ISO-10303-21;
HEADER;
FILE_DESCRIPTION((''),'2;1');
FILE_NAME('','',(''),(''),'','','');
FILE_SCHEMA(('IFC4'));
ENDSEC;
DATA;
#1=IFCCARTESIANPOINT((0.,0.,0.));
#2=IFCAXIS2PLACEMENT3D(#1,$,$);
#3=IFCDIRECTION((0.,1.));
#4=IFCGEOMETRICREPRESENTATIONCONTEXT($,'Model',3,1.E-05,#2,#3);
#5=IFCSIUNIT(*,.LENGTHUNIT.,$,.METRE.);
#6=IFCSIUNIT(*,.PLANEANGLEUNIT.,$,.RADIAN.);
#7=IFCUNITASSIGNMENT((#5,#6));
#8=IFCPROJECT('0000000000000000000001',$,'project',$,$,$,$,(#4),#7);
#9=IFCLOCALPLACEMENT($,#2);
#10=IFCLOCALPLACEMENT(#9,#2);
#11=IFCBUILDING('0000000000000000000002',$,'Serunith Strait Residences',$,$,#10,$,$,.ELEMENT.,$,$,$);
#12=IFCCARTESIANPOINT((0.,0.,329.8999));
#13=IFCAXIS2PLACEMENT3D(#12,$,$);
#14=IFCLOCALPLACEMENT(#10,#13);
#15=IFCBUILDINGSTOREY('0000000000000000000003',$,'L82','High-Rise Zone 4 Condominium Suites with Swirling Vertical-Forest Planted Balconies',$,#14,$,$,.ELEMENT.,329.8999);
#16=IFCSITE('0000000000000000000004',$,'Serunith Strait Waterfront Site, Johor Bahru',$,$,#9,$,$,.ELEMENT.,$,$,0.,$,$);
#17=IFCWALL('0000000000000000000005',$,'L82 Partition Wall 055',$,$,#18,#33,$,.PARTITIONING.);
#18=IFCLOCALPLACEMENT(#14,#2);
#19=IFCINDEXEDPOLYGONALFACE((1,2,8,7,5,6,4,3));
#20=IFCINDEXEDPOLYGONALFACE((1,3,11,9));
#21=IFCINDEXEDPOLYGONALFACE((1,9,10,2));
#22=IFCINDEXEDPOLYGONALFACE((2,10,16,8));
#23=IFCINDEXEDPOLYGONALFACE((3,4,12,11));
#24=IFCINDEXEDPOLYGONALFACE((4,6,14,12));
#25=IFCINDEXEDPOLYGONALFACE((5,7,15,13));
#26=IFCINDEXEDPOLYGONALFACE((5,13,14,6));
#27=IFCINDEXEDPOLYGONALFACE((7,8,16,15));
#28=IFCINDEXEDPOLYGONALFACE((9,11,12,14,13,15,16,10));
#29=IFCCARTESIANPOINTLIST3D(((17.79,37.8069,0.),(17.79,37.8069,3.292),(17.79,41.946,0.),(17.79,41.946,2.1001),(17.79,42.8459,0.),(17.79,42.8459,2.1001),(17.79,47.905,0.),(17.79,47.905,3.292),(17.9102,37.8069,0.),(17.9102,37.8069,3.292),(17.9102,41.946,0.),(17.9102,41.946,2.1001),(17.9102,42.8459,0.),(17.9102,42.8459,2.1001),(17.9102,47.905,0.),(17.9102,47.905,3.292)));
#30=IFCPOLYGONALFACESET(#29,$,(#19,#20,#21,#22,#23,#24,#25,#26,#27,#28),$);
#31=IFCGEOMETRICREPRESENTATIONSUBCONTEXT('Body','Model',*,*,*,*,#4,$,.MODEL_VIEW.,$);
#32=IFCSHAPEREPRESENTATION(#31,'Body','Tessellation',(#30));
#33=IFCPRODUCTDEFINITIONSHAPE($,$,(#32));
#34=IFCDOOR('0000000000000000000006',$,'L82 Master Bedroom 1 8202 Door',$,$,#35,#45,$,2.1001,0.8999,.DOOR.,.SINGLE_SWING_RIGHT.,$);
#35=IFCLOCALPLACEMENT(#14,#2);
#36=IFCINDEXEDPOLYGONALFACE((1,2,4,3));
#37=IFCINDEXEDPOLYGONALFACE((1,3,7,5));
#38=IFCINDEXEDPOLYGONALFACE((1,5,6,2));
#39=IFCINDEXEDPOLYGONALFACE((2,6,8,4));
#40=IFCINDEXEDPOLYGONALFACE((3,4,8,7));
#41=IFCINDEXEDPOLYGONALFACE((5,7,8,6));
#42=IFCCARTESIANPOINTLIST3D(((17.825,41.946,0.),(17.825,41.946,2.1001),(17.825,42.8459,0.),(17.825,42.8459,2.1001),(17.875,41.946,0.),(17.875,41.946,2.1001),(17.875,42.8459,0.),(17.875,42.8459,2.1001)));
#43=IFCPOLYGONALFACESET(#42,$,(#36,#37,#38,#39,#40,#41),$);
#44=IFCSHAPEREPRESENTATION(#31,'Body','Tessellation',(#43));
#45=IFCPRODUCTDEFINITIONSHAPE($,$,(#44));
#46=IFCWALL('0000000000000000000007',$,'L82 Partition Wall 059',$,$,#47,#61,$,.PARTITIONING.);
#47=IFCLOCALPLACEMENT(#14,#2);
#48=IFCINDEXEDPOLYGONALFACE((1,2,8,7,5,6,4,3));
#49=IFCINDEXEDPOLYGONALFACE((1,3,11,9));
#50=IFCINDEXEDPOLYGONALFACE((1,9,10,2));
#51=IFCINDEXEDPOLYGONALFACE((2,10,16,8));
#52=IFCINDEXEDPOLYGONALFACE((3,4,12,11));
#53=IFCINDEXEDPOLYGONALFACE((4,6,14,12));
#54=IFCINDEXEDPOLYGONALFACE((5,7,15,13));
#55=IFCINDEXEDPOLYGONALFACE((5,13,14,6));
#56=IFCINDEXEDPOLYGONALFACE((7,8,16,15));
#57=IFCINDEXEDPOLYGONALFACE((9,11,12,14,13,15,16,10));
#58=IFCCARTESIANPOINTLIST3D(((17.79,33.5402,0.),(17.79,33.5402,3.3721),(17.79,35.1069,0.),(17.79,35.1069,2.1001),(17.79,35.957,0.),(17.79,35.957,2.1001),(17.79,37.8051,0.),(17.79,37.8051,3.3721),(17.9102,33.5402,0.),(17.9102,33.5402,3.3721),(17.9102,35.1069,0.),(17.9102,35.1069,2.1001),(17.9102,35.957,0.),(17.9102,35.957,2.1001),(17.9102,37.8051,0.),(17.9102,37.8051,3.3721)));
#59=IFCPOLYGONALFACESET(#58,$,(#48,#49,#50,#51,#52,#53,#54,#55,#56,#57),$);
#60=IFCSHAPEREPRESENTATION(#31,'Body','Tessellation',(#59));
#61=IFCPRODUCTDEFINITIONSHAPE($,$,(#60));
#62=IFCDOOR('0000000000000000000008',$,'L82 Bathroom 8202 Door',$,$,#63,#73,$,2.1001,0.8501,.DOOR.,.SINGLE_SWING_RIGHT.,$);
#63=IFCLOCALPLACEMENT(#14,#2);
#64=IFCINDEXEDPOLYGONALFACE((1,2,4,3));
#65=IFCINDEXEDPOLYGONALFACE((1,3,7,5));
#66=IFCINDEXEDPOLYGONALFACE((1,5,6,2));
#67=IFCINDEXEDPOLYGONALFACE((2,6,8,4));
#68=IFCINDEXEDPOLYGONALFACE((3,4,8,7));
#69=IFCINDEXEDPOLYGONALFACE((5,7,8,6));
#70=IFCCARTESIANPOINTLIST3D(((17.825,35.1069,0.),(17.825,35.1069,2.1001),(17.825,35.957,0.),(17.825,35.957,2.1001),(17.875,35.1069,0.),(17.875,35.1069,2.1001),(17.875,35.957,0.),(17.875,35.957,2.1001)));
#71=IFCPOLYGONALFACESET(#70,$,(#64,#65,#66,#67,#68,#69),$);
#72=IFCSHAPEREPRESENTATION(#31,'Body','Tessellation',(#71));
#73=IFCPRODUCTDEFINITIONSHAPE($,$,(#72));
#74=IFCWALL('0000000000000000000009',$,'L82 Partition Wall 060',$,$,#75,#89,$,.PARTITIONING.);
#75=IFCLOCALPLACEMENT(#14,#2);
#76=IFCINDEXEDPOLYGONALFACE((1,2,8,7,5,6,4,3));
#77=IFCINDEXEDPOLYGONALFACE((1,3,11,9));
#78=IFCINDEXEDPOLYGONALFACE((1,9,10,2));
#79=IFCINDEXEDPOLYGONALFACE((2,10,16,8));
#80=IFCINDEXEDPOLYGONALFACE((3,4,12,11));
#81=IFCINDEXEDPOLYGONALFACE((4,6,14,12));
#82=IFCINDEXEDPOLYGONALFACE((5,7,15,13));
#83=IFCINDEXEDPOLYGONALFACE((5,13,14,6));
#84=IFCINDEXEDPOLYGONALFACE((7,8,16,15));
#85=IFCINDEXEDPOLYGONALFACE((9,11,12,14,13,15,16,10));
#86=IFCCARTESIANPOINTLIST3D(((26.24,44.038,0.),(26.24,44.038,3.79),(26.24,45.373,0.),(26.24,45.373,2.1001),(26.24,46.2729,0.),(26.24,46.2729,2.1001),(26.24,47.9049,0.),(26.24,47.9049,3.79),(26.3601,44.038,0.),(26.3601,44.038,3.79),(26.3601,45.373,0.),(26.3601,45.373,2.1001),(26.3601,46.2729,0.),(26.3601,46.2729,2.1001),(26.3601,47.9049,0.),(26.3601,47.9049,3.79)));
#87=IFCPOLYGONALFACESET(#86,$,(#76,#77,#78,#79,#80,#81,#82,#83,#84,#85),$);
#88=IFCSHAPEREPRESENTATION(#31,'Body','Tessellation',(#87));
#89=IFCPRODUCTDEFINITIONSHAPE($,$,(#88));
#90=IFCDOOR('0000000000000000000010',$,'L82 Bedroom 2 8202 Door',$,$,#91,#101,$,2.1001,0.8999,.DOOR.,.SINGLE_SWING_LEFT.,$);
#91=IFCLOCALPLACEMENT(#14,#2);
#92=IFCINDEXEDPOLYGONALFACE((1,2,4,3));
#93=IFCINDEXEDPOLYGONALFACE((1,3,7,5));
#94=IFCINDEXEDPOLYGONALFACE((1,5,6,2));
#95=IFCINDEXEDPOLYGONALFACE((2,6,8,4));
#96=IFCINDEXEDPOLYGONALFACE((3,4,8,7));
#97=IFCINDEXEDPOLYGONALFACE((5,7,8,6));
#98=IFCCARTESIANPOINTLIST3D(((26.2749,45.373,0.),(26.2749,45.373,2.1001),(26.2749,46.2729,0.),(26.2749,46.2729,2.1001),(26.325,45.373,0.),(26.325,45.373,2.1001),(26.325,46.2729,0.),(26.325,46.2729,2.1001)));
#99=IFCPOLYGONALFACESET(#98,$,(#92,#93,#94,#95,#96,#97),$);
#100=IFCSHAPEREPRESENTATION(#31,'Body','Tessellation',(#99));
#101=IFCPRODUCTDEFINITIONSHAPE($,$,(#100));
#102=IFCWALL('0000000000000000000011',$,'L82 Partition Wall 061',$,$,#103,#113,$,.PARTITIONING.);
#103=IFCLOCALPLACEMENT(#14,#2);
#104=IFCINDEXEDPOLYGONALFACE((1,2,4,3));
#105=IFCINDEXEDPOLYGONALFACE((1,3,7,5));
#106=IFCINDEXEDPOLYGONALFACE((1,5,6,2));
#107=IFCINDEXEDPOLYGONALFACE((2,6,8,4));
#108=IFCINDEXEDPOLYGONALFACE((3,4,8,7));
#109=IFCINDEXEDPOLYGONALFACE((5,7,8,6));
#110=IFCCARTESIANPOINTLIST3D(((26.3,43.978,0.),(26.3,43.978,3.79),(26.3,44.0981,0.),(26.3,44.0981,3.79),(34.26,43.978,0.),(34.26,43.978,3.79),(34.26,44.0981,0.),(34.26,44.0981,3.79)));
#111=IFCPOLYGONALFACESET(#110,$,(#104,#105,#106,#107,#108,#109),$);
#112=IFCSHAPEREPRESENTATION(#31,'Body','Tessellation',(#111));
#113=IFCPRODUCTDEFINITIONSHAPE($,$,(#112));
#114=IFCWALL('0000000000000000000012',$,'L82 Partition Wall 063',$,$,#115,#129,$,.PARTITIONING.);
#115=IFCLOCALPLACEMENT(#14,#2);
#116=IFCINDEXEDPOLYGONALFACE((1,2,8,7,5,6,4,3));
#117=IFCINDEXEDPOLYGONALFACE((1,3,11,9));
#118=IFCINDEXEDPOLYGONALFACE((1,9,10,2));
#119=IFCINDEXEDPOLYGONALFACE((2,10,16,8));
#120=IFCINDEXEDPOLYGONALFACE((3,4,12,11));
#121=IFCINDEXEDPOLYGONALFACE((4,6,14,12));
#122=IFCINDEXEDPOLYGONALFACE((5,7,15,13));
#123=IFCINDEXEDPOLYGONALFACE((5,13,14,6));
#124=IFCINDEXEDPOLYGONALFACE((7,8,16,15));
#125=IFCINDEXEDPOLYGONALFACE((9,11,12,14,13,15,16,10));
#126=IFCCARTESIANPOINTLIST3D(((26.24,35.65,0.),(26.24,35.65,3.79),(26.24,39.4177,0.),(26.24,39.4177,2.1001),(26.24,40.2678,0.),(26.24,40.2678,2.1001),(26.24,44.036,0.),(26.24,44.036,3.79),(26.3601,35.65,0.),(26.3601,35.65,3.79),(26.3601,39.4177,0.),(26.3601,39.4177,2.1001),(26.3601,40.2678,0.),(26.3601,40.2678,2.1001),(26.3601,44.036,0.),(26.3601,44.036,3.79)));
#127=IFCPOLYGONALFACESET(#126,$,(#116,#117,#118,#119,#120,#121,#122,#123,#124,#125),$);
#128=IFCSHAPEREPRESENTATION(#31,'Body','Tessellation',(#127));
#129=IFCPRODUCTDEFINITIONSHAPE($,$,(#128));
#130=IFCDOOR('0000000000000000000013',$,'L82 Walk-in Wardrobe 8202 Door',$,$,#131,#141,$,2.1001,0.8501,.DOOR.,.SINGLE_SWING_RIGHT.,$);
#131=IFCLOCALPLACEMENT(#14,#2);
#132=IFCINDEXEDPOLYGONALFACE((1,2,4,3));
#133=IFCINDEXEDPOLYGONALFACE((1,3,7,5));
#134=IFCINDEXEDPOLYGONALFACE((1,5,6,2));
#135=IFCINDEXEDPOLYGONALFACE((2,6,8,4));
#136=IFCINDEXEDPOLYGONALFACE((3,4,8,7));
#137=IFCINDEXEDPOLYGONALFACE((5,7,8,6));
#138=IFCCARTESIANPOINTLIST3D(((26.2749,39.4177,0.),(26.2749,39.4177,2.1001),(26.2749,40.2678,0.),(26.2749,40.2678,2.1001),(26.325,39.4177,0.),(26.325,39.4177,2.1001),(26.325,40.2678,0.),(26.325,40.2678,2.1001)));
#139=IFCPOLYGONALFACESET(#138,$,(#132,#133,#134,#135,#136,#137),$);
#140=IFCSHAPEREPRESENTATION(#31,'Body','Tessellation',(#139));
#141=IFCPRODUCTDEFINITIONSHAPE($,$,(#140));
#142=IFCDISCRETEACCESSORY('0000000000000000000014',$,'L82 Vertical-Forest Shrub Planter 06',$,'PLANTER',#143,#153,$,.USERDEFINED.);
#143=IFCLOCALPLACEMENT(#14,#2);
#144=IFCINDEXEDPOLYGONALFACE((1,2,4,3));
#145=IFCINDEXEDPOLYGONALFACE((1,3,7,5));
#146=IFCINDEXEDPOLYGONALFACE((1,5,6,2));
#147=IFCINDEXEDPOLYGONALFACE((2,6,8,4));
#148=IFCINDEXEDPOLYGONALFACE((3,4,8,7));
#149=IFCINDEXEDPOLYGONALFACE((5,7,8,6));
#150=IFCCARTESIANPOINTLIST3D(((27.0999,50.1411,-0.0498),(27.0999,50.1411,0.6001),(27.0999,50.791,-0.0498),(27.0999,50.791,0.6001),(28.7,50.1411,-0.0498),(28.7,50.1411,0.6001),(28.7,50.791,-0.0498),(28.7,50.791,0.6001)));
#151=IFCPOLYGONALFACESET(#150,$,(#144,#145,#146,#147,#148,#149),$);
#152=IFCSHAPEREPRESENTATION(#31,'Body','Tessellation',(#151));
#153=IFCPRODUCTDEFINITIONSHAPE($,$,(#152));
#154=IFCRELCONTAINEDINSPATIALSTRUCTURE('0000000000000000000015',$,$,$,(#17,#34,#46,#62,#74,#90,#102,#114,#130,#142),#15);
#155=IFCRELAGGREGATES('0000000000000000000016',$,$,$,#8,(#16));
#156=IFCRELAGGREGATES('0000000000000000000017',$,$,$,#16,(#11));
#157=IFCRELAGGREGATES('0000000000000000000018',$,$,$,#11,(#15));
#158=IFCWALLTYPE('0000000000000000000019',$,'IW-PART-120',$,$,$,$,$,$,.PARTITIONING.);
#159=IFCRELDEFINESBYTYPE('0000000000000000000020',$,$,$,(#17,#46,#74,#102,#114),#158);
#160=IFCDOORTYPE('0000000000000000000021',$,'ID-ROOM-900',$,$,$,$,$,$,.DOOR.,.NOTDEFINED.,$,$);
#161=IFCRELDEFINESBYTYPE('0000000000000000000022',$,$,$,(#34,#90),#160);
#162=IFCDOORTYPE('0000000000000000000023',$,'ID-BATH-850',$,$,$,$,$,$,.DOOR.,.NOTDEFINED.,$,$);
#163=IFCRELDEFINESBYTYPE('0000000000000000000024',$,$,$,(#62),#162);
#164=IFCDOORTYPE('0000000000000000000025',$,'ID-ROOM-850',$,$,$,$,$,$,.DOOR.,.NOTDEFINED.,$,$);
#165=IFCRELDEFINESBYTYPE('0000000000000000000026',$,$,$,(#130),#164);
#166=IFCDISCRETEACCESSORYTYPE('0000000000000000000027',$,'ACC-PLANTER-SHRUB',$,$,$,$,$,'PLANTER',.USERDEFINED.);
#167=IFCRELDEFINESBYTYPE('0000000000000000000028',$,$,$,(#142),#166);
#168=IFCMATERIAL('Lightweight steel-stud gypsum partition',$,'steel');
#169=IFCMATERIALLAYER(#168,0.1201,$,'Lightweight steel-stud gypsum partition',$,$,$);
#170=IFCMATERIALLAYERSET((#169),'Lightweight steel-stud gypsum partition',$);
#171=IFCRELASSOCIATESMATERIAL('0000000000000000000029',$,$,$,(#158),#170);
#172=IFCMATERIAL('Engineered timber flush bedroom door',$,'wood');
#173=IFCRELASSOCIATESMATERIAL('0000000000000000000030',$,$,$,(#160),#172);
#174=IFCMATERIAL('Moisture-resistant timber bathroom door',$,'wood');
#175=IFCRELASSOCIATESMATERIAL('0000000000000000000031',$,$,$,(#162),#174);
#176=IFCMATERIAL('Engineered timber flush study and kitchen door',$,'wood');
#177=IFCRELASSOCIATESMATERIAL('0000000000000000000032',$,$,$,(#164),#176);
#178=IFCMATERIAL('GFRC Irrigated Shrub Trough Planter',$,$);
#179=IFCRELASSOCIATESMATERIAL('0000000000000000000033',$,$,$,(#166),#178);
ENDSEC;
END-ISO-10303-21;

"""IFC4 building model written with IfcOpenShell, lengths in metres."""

from ifc_helpers import new_model, si_unit, direction, frame, frame_2d, origin, origin_2d, place, context, subcontext, project, spatial, rectangle, extrude, source, transform, mapped, material, layer, layer_set, type_object, element, fill, save


model = new_model("IFC4")

# Units and contexts
model_context = context("Model", 3, precision=1e-05, world=origin(), true_north=direction((0.0, 1.0)))
body_context = subcontext(model_context, "Body", "Model", "MODEL_VIEW")
ifc_project = project(units=[si_unit("LENGTHUNIT", "METRE"), si_unit("PLANEANGLEUNIT", "RADIAN")], contexts=[model_context])

# Site, building, storey
site_placement = place(None, origin())
site = spatial("IfcSite", under=ifc_project, at=site_placement, Name="Serunith Strait Waterfront Site, Johor Bahru", CompositionType="ELEMENT", RefElevation=0.0)
building_placement = place(site_placement, origin())
building = spatial("IfcBuilding", under=site, at=building_placement, Name="Serunith Strait Residences", CompositionType="ELEMENT")
storey_placement = place(building_placement, frame((0.0, 0.0, 329.8999)))
storey = spatial("IfcBuildingStorey", under=building, at=storey_placement, Name="L82", Description="High-Rise Zone 4 Condominium Suites with Swirling Vertical-Forest Planted Balconies", CompositionType="ELEMENT", Elevation=329.8999)

# Walls, openings, doors
ifc_material_1 = material(Name="Lightweight steel-stud gypsum partition", Category="steel")
ifc_layer_1 = layer(ifc_material_1, 0.1201, Name="Lightweight steel-stud gypsum partition")
ifc_layer_set_1 = layer_set([ifc_layer_1], Name="Lightweight steel-stud gypsum partition")
wall_type = type_object("IfcWallType", Name="IW-PART-120", PredefinedType="PARTITIONING", material=ifc_layer_set_1)
wall_1_placement = place(storey_placement, frame((17.8501, 47.905, 0.0), z_axis=(0.0, 0.0, 1.0), x_axis=(0.0, -1.0, 0.0)))
wall_1 = element("IfcWall", 1, at=wall_1_placement, inside=storey, type_object=wall_type, Name="L82 Partition Wall 055", PredefinedType="PARTITIONING", context=body_context, shape_type="SweptSolid", body=[
    extrude(rectangle(XDim=10.0981, YDim=0.1201, at=frame_2d((5.0491, 0.0))), origin(), (0.0, 0.0, 1.0), 3.292),
])
opening_1_placement = place(wall_1_placement, frame((5.0591, 0.0, 0.0)))
opening_1 = element("IfcOpeningElement", 2, at=opening_1_placement, cuts=wall_1, PredefinedType="OPENING", context=body_context, shape_type="SweptSolid", body=[
    extrude(rectangle(XDim=0.8999, YDim=2.1001, at=frame_2d((0.45, 1.05))), frame((0.0, 0.0701, 0.0), z_axis=(0.0, -1.0, 0.0), x_axis=(1.0, 0.0, 0.0)), (0.0, 0.0, 1.0), 0.1401),
])
ifc_material_2 = material(Name="Engineered timber flush bedroom door", Category="wood")
door_type_1 = type_object("IfcDoorType", Name="ID-ROOM-900", OperationType="NOTDEFINED", PredefinedType="DOOR", material=ifc_material_2)
shared_shape_1 = source(origin(), body_context, "Body", "SweptSolid", [
    extrude(rectangle(XDim=0.8999, YDim=2.1001, at=frame_2d((0.45, 1.05))), frame((0.0, 0.0249, 0.0), z_axis=(0.0, -1.0, 0.0), x_axis=(1.0, 0.0, 0.0)), (0.0, 0.0, 1.0), 0.05),
])
door_1_placement = place(opening_1_placement, origin())
door_1 = element("IfcDoor", 3, at=door_1_placement, inside=storey, type_object=door_type_1, Name="L82 Master Bedroom 1 8202 Door", OperationType="SINGLE_SWING_RIGHT", OverallHeight=2.1001, OverallWidth=0.8999, PredefinedType="DOOR", context=body_context, shape_type="MappedRepresentation", body=[
    mapped(shared_shape_1, transform((0.0, 0.0, 0.0), scale=1.0)),
])
fill(opening_1, door_1)
wall_2_placement = place(storey_placement, frame((17.8501, 37.8049, 0.0), z_axis=(0.0, 0.0, 1.0), x_axis=(0.0, -1.0, 0.0)))
wall_2 = element("IfcWall", 4, at=wall_2_placement, inside=storey, type_object=wall_type, Name="L82 Partition Wall 059", PredefinedType="PARTITIONING", context=body_context, shape_type="SweptSolid", body=[
    extrude(rectangle(XDim=4.2649, YDim=0.1201, at=frame_2d((2.1323, 0.0))), origin(), (0.0, 0.0, 1.0), 3.3721),
])
opening_2_placement = place(wall_2_placement, frame((1.8479, 0.0, 0.0)))
opening_2 = element("IfcOpeningElement", 5, at=opening_2_placement, cuts=wall_2, PredefinedType="OPENING", context=body_context, shape_type="SweptSolid", body=[
    extrude(rectangle(XDim=0.8501, YDim=2.1001, at=frame_2d((0.425, 1.05))), frame((0.0, 0.0701, 0.0), z_axis=(0.0, -1.0, 0.0), x_axis=(1.0, 0.0, 0.0)), (0.0, 0.0, 1.0), 0.1401),
])
ifc_material_3 = material(Name="Moisture-resistant timber bathroom door", Category="wood")
door_type_2 = type_object("IfcDoorType", Name="ID-BATH-850", OperationType="NOTDEFINED", PredefinedType="DOOR", material=ifc_material_3)
shared_shape_2 = source(origin(), body_context, "Body", "SweptSolid", [
    extrude(rectangle(XDim=0.8501, YDim=2.1001, at=frame_2d((0.425, 1.05))), frame((0.0, 0.0249, 0.0), z_axis=(0.0, -1.0, 0.0), x_axis=(1.0, 0.0, 0.0)), (0.0, 0.0, 1.0), 0.05),
])
door_2_placement = place(opening_2_placement, origin())
door_2 = element("IfcDoor", 6, at=door_2_placement, inside=storey, type_object=door_type_2, Name="L82 Bathroom 8202 Door", OperationType="SINGLE_SWING_RIGHT", OverallHeight=2.1001, OverallWidth=0.8501, PredefinedType="DOOR", context=body_context, shape_type="MappedRepresentation", body=[
    mapped(shared_shape_2, transform((0.0, 0.0, 0.0), scale=1.0)),
])
fill(opening_2, door_2)
wall_3_placement = place(storey_placement, frame((26.3, 47.905, 0.0), z_axis=(0.0, 0.0, 1.0), x_axis=(0.0, -1.0, 0.0)))
wall_3 = element("IfcWall", 7, at=wall_3_placement, inside=storey, type_object=wall_type, Name="L82 Partition Wall 060", PredefinedType="PARTITIONING", context=body_context, shape_type="SweptSolid", body=[
    extrude(rectangle(XDim=3.8669, YDim=0.1201, at=frame_2d((1.9336, 0.0))), origin(), (0.0, 0.0, 1.0), 3.79),
])
opening_3_placement = place(wall_3_placement, frame((1.6321, 0.0, 0.0)))
opening_3 = element("IfcOpeningElement", 8, at=opening_3_placement, cuts=wall_3, PredefinedType="OPENING", context=body_context, shape_type="SweptSolid", body=[
    extrude(rectangle(XDim=0.8999, YDim=2.1001, at=frame_2d((0.45, 1.05))), frame((0.0, 0.0701, 0.0), z_axis=(0.0, -1.0, 0.0), x_axis=(1.0, 0.0, 0.0)), (0.0, 0.0, 1.0), 0.1401),
])
door_3_placement = place(opening_3_placement, origin())
door_3 = element("IfcDoor", 9, at=door_3_placement, inside=storey, type_object=door_type_1, Name="L82 Bedroom 2 8202 Door", OperationType="SINGLE_SWING_LEFT", OverallHeight=2.1001, OverallWidth=0.8999, PredefinedType="DOOR", context=body_context, shape_type="MappedRepresentation", body=[
    mapped(shared_shape_1, transform((0.0, 0.0, 0.0), scale=1.0)),
])
fill(opening_3, door_3)

# Wall
wall_4_placement = place(storey_placement, frame((26.3, 44.0381, 0.0), z_axis=(0.0, 0.0, 1.0), x_axis=(1.0, 0.0, 0.0)))
element("IfcWall", 10, at=wall_4_placement, inside=storey, type_object=wall_type, Name="L82 Partition Wall 061", PredefinedType="PARTITIONING", context=body_context, shape_type="SweptSolid", body=[
    extrude(rectangle(XDim=7.96, YDim=0.1201, at=frame_2d((3.98, 0.0))), origin(), (0.0, 0.0, 1.0), 3.79),
])

# Wall, opening, door
wall_5_placement = place(storey_placement, frame((26.3, 44.0359, 0.0), z_axis=(0.0, 0.0, 1.0), x_axis=(0.0, -1.0, 0.0)))
wall_5 = element("IfcWall", 11, at=wall_5_placement, inside=storey, type_object=wall_type, Name="L82 Partition Wall 063", PredefinedType="PARTITIONING", context=body_context, shape_type="SweptSolid", body=[
    extrude(rectangle(XDim=8.386, YDim=0.1201, at=frame_2d((4.1929, 0.0))), origin(), (0.0, 0.0, 1.0), 3.79),
])
opening_4_placement = place(wall_5_placement, frame((3.7681, 0.0, 0.0)))
opening_4 = element("IfcOpeningElement", 12, at=opening_4_placement, cuts=wall_5, PredefinedType="OPENING", context=body_context, shape_type="SweptSolid", body=[
    extrude(rectangle(XDim=0.8501, YDim=2.1001, at=frame_2d((0.425, 1.05))), frame((0.0, 0.0701, 0.0), z_axis=(0.0, -1.0, 0.0), x_axis=(1.0, 0.0, 0.0)), (0.0, 0.0, 1.0), 0.1401),
])
ifc_material_4 = material(Name="Engineered timber flush study and kitchen door", Category="wood")
door_type_3 = type_object("IfcDoorType", Name="ID-ROOM-850", OperationType="NOTDEFINED", PredefinedType="DOOR", material=ifc_material_4)
door_4_placement = place(opening_4_placement, origin())
door_4 = element("IfcDoor", 13, at=door_4_placement, inside=storey, type_object=door_type_3, Name="L82 Walk-in Wardrobe 8202 Door", OperationType="SINGLE_SWING_RIGHT", OverallHeight=2.1001, OverallWidth=0.8501, PredefinedType="DOOR", context=body_context, shape_type="MappedRepresentation", body=[
    mapped(shared_shape_2, transform((0.0, 0.0, 0.0), scale=1.0)),
])
fill(opening_4, door_4)

# Discrete accessory
ifc_material_5 = material(Name="GFRC Irrigated Shrub Trough Planter")
discrete_accessory_type = type_object("IfcDiscreteAccessoryType", Name="ACC-PLANTER-SHRUB", ElementType="PLANTER", PredefinedType="USERDEFINED", material=ifc_material_5)
shared_shape_3 = source(origin(), body_context, "Body", "SweptSolid", [
    extrude(rectangle(XDim=1.6001, YDim=0.6499, at=origin_2d()), origin(), (0.0, 0.0, 1.0), 0.6499),
])
discrete_accessory_placement = place(storey_placement, frame((27.8999, 50.4661, -0.0498), z_axis=(0.0, 0.0, 1.0), x_axis=(-1.0, 0.0, 0.0)))
element("IfcDiscreteAccessory", 14, at=discrete_accessory_placement, inside=storey, type_object=discrete_accessory_type, Name="L82 Vertical-Forest Shrub Planter 06", ObjectType="PLANTER", PredefinedType="USERDEFINED", context=body_context, shape_type="MappedRepresentation", body=[
    mapped(shared_shape_3, transform((0.0, 0.0, 0.0), scale=1.0)),
])

save(model, "model.ifc")
